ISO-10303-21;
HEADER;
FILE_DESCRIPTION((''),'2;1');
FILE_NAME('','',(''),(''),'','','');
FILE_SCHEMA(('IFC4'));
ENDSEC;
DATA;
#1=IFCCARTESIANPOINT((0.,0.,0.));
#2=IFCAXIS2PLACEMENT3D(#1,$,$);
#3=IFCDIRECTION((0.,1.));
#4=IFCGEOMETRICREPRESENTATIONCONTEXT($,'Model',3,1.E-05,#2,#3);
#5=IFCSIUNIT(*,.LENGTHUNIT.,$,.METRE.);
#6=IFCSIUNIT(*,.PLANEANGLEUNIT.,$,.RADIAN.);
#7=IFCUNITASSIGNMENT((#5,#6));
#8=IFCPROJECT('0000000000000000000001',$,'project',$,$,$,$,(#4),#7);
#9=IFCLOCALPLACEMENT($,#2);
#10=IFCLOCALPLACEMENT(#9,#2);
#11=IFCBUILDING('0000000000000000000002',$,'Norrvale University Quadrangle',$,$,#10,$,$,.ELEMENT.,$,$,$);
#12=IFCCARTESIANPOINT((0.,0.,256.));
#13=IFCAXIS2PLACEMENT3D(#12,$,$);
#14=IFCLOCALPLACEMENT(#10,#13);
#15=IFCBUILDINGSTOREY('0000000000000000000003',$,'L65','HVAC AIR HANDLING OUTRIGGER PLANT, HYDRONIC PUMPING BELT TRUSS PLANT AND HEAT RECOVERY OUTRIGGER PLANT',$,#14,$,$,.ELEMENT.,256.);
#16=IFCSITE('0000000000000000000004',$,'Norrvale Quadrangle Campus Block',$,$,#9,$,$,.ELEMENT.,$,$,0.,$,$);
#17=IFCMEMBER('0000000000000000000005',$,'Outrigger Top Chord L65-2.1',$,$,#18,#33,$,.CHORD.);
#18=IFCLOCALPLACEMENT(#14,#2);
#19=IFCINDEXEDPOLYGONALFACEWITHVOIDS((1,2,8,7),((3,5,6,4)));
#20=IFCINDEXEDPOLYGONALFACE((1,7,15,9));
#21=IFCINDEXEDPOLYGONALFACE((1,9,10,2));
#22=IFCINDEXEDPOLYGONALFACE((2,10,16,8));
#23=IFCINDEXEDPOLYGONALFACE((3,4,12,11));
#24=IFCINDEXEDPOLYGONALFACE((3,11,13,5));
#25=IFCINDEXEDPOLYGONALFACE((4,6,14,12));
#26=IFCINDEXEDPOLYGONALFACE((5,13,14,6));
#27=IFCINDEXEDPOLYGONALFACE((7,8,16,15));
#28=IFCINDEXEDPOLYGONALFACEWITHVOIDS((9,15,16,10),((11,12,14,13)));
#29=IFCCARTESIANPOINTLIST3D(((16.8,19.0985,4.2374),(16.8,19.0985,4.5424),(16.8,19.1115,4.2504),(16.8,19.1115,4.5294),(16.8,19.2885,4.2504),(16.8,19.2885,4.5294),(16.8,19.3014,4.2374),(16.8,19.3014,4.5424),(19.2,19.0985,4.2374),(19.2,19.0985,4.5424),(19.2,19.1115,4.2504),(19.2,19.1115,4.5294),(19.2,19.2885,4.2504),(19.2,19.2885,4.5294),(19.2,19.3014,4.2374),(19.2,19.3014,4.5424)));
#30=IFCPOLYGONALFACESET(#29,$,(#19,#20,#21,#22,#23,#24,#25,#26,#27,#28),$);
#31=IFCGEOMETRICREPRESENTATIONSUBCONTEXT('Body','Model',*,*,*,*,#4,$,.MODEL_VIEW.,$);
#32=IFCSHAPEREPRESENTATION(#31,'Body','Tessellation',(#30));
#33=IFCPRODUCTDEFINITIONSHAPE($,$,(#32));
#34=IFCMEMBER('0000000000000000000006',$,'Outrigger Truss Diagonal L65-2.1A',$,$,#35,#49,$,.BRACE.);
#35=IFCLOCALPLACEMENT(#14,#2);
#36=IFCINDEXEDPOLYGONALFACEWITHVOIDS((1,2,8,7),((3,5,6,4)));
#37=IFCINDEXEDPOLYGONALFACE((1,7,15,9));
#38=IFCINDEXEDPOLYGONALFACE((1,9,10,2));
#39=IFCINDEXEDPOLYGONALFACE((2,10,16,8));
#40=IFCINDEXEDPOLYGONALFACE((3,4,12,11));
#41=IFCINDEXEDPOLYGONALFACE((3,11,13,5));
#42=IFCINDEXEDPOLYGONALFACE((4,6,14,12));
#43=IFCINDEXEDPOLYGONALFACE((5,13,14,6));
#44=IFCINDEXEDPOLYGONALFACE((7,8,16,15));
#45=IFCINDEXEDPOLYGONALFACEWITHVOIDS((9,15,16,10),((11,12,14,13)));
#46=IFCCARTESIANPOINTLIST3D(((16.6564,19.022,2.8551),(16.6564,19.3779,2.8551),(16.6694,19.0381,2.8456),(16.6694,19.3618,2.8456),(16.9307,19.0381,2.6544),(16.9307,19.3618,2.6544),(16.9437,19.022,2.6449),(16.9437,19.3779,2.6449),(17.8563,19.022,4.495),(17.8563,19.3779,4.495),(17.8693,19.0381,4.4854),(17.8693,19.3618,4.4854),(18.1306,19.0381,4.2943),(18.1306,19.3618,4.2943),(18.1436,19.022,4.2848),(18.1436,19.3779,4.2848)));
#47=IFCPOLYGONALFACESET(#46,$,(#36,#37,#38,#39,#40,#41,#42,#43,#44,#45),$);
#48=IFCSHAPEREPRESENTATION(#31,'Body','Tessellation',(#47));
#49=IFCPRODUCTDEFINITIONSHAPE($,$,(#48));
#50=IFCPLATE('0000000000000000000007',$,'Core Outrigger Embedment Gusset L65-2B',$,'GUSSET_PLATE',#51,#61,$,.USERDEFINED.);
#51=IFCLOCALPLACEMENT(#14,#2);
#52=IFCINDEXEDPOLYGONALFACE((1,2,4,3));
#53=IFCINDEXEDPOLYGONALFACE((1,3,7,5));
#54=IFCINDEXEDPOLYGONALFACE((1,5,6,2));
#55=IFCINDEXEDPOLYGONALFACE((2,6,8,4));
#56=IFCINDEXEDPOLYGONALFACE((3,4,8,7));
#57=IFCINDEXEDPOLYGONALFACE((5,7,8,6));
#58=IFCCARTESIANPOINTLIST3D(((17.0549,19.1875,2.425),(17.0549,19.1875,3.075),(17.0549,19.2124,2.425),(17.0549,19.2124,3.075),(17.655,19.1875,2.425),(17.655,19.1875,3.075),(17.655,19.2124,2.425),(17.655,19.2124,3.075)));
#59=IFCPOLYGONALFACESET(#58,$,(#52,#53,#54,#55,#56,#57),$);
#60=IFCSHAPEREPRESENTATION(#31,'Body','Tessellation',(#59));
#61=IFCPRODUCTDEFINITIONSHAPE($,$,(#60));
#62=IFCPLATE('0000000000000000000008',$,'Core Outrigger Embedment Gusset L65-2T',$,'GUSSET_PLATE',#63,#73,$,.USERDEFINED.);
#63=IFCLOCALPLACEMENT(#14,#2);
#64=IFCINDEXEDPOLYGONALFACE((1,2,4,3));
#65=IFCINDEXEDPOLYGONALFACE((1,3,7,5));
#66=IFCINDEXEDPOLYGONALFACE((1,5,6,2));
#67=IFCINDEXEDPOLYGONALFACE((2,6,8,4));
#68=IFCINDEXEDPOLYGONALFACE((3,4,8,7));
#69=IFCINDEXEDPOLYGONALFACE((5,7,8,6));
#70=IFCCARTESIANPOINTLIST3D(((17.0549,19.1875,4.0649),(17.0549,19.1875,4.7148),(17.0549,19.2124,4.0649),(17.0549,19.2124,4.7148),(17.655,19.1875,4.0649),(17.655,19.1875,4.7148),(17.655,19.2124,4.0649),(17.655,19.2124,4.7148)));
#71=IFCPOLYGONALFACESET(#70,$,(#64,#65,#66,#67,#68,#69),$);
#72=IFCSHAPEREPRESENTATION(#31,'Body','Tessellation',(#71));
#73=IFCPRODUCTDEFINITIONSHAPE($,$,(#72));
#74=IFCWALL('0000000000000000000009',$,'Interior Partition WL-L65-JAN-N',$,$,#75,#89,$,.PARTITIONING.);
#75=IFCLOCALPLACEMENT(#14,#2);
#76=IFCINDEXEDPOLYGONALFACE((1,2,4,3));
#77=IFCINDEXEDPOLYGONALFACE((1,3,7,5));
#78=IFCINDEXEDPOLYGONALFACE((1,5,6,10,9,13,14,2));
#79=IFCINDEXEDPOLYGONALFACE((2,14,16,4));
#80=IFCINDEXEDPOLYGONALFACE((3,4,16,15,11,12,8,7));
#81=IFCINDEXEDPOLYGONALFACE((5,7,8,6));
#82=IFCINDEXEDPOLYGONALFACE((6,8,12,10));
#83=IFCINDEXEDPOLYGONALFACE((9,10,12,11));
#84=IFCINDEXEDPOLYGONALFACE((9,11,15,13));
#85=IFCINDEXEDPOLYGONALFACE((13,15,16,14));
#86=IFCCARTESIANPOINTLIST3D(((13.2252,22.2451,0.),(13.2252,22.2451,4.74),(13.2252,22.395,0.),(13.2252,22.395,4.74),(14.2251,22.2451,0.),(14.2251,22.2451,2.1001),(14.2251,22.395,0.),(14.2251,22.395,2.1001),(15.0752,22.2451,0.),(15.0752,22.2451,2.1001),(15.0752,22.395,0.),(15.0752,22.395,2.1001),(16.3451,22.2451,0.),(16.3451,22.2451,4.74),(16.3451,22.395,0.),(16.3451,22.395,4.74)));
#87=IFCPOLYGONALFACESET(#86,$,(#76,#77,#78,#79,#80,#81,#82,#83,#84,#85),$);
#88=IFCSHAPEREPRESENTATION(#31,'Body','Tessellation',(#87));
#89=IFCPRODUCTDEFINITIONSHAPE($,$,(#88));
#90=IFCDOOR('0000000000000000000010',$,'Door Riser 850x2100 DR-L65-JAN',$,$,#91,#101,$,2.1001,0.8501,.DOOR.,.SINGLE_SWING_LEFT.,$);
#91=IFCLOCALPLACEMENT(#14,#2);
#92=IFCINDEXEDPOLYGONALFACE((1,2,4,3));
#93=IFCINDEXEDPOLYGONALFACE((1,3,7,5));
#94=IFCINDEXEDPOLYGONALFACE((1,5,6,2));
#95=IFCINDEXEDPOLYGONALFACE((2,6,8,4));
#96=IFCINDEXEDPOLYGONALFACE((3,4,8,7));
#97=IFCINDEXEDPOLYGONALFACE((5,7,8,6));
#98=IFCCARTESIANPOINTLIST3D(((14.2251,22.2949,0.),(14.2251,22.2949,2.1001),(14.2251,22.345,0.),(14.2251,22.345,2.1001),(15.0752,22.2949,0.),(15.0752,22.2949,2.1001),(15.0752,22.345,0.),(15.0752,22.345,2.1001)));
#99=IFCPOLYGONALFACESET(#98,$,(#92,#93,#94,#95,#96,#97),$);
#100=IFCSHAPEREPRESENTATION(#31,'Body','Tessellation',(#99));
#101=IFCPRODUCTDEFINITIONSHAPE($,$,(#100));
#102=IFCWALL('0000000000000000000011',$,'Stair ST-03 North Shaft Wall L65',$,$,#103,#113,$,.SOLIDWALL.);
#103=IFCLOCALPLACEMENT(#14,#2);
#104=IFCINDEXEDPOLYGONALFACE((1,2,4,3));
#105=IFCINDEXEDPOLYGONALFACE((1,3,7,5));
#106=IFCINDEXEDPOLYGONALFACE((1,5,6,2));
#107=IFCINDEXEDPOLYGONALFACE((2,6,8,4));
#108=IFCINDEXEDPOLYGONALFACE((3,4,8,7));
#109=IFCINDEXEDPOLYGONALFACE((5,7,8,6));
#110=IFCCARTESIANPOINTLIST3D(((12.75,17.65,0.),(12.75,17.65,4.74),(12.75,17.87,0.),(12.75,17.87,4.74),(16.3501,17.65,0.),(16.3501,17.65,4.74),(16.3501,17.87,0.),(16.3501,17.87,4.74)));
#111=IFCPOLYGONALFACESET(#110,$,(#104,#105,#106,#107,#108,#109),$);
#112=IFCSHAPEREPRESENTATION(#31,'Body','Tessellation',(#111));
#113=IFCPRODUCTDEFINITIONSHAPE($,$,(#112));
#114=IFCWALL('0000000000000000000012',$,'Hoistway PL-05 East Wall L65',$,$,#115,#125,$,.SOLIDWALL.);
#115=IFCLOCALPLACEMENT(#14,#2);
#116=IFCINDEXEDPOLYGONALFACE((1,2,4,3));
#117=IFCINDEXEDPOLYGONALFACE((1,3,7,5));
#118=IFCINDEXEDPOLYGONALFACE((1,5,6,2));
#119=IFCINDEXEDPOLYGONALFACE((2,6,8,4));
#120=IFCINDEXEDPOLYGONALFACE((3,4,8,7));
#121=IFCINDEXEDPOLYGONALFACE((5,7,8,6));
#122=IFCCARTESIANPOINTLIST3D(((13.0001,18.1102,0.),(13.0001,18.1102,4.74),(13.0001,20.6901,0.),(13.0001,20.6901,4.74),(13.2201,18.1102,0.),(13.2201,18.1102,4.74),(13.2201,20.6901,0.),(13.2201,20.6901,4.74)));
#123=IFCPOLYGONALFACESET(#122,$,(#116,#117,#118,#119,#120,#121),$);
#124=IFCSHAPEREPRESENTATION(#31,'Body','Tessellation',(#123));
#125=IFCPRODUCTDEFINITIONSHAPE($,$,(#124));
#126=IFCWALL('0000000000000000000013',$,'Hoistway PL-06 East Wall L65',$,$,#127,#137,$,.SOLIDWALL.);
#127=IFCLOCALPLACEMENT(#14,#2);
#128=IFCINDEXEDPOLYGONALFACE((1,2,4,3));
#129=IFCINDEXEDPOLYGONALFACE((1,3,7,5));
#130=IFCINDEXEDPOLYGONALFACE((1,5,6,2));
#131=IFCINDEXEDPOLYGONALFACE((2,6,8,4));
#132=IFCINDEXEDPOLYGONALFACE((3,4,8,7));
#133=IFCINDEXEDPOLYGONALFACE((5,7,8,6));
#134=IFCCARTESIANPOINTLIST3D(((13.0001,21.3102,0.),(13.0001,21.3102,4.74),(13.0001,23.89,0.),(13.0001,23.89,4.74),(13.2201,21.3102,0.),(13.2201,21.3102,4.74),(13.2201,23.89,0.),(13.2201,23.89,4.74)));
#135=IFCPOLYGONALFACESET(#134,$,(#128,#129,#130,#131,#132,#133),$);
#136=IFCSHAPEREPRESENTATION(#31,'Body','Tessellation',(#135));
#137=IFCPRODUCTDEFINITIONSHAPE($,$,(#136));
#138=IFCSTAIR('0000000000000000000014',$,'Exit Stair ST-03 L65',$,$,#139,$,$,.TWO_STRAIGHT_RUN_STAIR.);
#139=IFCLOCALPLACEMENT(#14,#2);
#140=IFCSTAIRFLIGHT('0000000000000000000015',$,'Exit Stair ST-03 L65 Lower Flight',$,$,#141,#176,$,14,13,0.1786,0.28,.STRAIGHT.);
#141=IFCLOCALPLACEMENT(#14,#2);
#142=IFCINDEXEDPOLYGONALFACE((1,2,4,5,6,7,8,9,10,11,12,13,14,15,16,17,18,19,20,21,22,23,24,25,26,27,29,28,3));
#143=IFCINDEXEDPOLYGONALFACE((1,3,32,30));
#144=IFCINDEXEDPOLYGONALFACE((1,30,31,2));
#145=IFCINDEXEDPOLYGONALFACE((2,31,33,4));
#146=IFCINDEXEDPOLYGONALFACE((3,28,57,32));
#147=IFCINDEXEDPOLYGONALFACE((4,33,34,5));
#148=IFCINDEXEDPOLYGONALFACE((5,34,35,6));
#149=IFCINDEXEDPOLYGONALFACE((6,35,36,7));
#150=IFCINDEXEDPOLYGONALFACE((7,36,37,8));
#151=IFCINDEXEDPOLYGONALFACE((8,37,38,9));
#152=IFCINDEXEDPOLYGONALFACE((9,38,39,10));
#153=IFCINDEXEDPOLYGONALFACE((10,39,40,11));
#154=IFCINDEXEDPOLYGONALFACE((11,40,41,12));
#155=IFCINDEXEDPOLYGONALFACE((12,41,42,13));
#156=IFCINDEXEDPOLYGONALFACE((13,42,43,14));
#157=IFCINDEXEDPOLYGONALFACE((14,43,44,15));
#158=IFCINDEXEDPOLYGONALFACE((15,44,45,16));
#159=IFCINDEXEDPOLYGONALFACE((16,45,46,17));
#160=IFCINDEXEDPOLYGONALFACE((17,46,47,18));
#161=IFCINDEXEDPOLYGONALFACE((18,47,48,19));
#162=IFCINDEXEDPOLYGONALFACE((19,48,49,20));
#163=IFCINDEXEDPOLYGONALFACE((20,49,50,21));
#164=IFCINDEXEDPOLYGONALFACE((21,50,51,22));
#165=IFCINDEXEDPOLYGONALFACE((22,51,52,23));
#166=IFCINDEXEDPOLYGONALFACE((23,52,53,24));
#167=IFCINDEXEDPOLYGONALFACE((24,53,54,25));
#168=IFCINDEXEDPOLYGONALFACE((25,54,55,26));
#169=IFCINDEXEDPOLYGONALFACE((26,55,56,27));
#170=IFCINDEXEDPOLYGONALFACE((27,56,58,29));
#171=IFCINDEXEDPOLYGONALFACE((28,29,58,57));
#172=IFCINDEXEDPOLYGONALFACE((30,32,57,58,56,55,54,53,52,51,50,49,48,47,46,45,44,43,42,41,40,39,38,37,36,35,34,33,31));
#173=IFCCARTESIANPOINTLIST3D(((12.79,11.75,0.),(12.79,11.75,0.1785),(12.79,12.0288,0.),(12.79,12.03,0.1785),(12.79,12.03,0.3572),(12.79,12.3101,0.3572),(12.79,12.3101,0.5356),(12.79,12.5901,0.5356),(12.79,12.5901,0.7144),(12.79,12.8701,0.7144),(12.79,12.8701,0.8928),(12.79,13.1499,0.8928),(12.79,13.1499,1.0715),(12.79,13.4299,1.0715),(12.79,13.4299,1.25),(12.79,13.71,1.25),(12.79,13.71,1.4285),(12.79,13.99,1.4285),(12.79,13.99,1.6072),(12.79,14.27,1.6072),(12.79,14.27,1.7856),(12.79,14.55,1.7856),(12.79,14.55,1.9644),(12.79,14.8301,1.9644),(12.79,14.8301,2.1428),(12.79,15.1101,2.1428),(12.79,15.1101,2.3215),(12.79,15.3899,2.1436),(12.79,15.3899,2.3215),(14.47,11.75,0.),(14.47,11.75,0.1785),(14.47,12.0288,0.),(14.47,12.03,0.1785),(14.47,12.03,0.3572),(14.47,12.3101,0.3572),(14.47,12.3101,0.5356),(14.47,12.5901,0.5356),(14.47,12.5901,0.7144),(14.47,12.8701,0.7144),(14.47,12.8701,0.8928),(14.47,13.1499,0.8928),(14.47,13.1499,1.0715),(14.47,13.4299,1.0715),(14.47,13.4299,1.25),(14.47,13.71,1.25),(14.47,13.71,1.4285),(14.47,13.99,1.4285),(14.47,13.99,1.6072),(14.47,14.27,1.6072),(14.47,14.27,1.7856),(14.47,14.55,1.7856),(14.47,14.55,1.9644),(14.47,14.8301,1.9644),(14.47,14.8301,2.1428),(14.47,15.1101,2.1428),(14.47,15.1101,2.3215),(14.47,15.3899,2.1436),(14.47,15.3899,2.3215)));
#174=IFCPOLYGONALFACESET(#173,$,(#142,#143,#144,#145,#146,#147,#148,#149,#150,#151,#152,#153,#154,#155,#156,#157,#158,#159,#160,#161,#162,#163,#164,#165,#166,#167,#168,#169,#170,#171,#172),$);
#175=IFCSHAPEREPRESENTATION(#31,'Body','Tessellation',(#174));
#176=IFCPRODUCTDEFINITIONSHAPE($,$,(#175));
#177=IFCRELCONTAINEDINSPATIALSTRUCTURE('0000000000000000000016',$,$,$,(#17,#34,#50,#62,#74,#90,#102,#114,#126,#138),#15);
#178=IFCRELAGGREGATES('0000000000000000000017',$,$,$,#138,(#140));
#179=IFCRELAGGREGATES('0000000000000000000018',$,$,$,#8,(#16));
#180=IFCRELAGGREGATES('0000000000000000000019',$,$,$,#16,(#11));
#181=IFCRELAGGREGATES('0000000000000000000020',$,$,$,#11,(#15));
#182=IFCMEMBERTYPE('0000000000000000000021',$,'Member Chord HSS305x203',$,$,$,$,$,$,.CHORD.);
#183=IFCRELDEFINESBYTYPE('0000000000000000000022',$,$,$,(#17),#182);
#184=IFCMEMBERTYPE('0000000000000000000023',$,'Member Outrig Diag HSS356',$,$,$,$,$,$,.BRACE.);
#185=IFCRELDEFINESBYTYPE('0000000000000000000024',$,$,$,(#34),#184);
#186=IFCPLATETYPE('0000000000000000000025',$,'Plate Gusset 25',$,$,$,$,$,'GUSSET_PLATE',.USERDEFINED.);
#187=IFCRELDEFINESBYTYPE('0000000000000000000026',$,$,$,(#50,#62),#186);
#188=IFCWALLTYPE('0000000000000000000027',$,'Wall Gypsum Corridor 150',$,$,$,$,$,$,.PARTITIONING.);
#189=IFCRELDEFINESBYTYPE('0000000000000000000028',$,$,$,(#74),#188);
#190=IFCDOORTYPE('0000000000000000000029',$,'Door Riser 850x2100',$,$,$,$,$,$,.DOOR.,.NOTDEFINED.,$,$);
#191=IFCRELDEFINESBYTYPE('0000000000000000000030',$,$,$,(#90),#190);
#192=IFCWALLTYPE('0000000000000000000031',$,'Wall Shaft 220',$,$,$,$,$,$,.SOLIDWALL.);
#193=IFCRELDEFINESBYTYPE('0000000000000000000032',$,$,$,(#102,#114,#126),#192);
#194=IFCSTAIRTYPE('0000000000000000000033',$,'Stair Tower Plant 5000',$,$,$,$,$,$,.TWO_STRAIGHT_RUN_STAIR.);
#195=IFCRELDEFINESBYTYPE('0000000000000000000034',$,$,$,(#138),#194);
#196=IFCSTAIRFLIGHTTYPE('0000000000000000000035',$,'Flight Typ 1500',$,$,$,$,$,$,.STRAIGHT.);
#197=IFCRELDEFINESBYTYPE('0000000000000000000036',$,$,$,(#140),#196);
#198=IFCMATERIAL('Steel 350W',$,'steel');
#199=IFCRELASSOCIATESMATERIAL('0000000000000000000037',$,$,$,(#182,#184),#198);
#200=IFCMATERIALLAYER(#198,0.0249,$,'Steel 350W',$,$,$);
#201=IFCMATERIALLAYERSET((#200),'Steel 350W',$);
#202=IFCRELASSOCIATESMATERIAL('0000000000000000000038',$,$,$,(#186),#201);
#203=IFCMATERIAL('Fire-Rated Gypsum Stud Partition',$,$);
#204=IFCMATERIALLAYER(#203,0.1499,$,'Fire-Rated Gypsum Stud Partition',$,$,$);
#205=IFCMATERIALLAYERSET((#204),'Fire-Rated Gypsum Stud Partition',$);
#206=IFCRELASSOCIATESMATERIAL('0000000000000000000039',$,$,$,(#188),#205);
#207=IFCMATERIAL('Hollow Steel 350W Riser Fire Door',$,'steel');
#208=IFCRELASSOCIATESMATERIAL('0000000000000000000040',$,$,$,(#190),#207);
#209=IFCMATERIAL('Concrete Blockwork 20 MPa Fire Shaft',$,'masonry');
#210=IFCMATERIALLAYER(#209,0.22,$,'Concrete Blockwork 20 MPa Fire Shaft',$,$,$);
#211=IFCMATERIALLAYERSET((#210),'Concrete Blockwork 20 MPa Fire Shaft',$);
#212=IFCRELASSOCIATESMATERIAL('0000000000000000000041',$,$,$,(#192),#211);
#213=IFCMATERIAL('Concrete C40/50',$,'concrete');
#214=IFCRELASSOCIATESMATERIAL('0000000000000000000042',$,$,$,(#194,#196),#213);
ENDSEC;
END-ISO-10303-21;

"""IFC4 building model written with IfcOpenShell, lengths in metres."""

from ifc_helpers import new_model, si_unit, direction, frame, frame_2d, origin, origin_2d, place, context, subcontext, project, spatial, polyline, rectangle, hollow_rectangle, outline, extrude, material, layer, layer_set, material_profile, profile_set, type_object, element, fill, aggregate, save


model = new_model("IFC4")

# Units and contexts
model_context = context("Model", 3, precision=1e-05, world=origin(), true_north=direction((0.0, 1.0)))
body_context = subcontext(model_context, "Body", "Model", "MODEL_VIEW")
ifc_project = project(units=[si_unit("LENGTHUNIT", "METRE"), si_unit("PLANEANGLEUNIT", "RADIAN")], contexts=[model_context])

# Site, building, storey
site_placement = place(None, origin())
site = spatial("IfcSite", under=ifc_project, at=site_placement, Name="Norrvale Quadrangle Campus Block", CompositionType="ELEMENT", RefElevation=0.0)
building_placement = place(site_placement, origin())
building = spatial("IfcBuilding", under=site, at=building_placement, Name="Norrvale University Quadrangle", CompositionType="ELEMENT")
storey_placement = place(building_placement, frame((0.0, 0.0, 256.0)))
storey = spatial("IfcBuildingStorey", under=building, at=storey_placement, Name="L65", Description="HVAC AIR HANDLING OUTRIGGER PLANT, HYDRONIC PUMPING BELT TRUSS PLANT AND HEAT RECOVERY OUTRIGGER PLANT", CompositionType="ELEMENT", Elevation=256.0)

# Shared definitions
ifc_material_1 = material(Name="Steel 350W", Category="steel")

# Members
ifc_material_profile_1 = material_profile(ifc_material_1, hollow_rectangle(XDim=0.2029, YDim=0.3049, WallThickness=0.0129, at=origin_2d()), Name="Steel 350W")
ifc_profile_set_1 = profile_set([ifc_material_profile_1], Name="Steel 350W")
member_type_1 = type_object("IfcMemberType", Name="Member Chord HSS305x203", PredefinedType="CHORD", material=ifc_profile_set_1)
member_1_placement = place(storey_placement, frame((16.8, 19.2, 4.3899), z_axis=(1.0, 0.0, 0.0), x_axis=(0.0, 1.0, 0.0)))
element("IfcMember", 1, at=member_1_placement, inside=storey, type_object=member_type_1, Name="Outrigger Top Chord L65-2.1", PredefinedType="CHORD", context=body_context, shape_type="SweptSolid", body=[
    extrude(hollow_rectangle(XDim=0.2029, YDim=0.3049, WallThickness=0.0129, at=origin_2d()), origin(), (0.0, 0.0, 1.0), 2.3999),
])
ifc_material_profile_2 = material_profile(ifc_material_1, hollow_rectangle(XDim=0.356, YDim=0.356, WallThickness=0.0161, at=origin_2d()), Name="Steel 350W")
ifc_profile_set_2 = profile_set([ifc_material_profile_2], Name="Steel 350W")
member_type_2 = type_object("IfcMemberType", Name="Member Outrig Diag HSS356", PredefinedType="BRACE", material=ifc_profile_set_2)
member_2_placement = place(storey_placement, frame((16.8, 19.2, 2.75), z_axis=(0.59052, 0.0, 0.807023), x_axis=(0.0, 1.0, 0.0)))
element("IfcMember", 2, at=member_2_placement, inside=storey, type_object=member_type_2, Name="Outrigger Truss Diagonal L65-2.1A", PredefinedType="BRACE", context=body_context, shape_type="SweptSolid", body=[
    extrude(hollow_rectangle(XDim=0.356, YDim=0.356, WallThickness=0.0161, at=origin_2d()), origin(), (0.0, 0.0, 1.0), 2.032),
])

# Plates
ifc_layer_1 = layer(ifc_material_1, 0.0249, Name="Steel 350W")
ifc_layer_set_1 = layer_set([ifc_layer_1], Name="Steel 350W")
plate_type = type_object("IfcPlateType", Name="Plate Gusset 25", ElementType="GUSSET_PLATE", PredefinedType="USERDEFINED", material=ifc_layer_set_1)
for number, where, z_axis, x_axis, name in (
    (3, (17.355, 19.2, 2.425), (0.0, 0.0, 1.0), (1.0, 0.0, 0.0), "Core Outrigger Embedment Gusset L65-2B"),
    (4, (17.355, 19.2, 4.0649), (0.0, 0.0, 1.0), (1.0, 0.0, 0.0), "Core Outrigger Embedment Gusset L65-2T"),
):
    element("IfcPlate", number, at=place(storey_placement, frame(where, z_axis=z_axis, x_axis=x_axis)), inside=storey, type_object=plate_type, Name=name, ObjectType="GUSSET_PLATE", PredefinedType="USERDEFINED", context=body_context, shape_type="SweptSolid", body=[
        extrude(rectangle(XDim=0.6001, YDim=0.0249, at=origin_2d()), origin(), (0.0, 0.0, 1.0), 0.6499),
    ])

# Wall, opening, door
ifc_material_2 = material(Name="Fire-Rated Gypsum Stud Partition")
ifc_layer_2 = layer(ifc_material_2, 0.1499, Name="Fire-Rated Gypsum Stud Partition")
ifc_layer_set_2 = layer_set([ifc_layer_2], Name="Fire-Rated Gypsum Stud Partition")
wall_type_1 = type_object("IfcWallType", Name="Wall Gypsum Corridor 150", PredefinedType="PARTITIONING", material=ifc_layer_set_2)
wall_1_placement = place(storey_placement, frame((13.2251, 22.3201, 0.0), z_axis=(0.0, 0.0, 1.0), x_axis=(1.0, 0.0, 0.0)))
wall_1 = element("IfcWall", 5, at=wall_1_placement, inside=storey, type_object=wall_type_1, Name="Interior Partition WL-L65-JAN-N", PredefinedType="PARTITIONING", context=body_context, shape_type="SweptSolid", body=[
    extrude(rectangle(XDim=3.1199, YDim=0.1499, at=frame_2d((1.5601, 0.0))), origin(), (0.0, 0.0, 1.0), 4.74),
])
opening_placement = place(wall_1_placement, frame((1.0, 0.0, 0.0)))
opening = element("IfcOpeningElement", 6, at=opening_placement, cuts=wall_1, PredefinedType="OPENING", context=body_context, shape_type="SweptSolid", body=[
    extrude(rectangle(XDim=0.8501, YDim=2.1001, at=frame_2d((0.425, 1.05))), frame((0.0, 0.0869, 0.0), z_axis=(0.0, -1.0, 0.0), x_axis=(1.0, 0.0, 0.0)), (0.0, 0.0, 1.0), 0.1738),
])
ifc_material_3 = material(Name="Hollow Steel 350W Riser Fire Door", Category="steel")
door_type = type_object("IfcDoorType", Name="Door Riser 850x2100", OperationType="NOTDEFINED", PredefinedType="DOOR", material=ifc_material_3)
door_placement = place(opening_placement, origin())
door = element("IfcDoor", 7, at=door_placement, inside=storey, type_object=door_type, Name="Door Riser 850x2100 DR-L65-JAN", OperationType="SINGLE_SWING_LEFT", OverallHeight=2.1001, OverallWidth=0.8501, PredefinedType="DOOR", context=body_context, shape_type="SweptSolid", body=[
    extrude(rectangle(XDim=0.8501, YDim=2.1001, at=frame_2d((0.425, 1.05))), frame((0.0, 0.0249, 0.0), z_axis=(0.0, -1.0, 0.0), x_axis=(1.0, 0.0, 0.0)), (0.0, 0.0, 1.0), 0.05),
])
fill(opening, door)

# Walls
ifc_material_4 = material(Name="Concrete Blockwork 20 MPa Fire Shaft", Category="masonry")
ifc_layer_3 = layer(ifc_material_4, 0.22, Name="Concrete Blockwork 20 MPa Fire Shaft")
ifc_layer_set_3 = layer_set([ifc_layer_3], Name="Concrete Blockwork 20 MPa Fire Shaft")
wall_type_2 = type_object("IfcWallType", Name="Wall Shaft 220", PredefinedType="SOLIDWALL", material=ifc_layer_set_3)
wall_2_placement = place(storey_placement, frame((12.75, 17.76, 0.0), z_axis=(0.0, 0.0, 1.0), x_axis=(1.0, 0.0, 0.0)))
element("IfcWall", 8, at=wall_2_placement, inside=storey, type_object=wall_type_2, Name="Stair ST-03 North Shaft Wall L65", PredefinedType="SOLIDWALL", context=body_context, shape_type="SweptSolid", body=[
    extrude(rectangle(XDim=3.6001, YDim=0.22, at=frame_2d((1.8, 0.0))), origin(), (0.0, 0.0, 1.0), 4.74),
])
for number, where, z_axis, x_axis, name in (
    (9, (13.1101, 18.1101, 0.0), (0.0, 0.0, 1.0), (0.0, 1.0, 0.0), "Hoistway PL-05 East Wall L65"),
    (10, (13.1101, 21.3101, 0.0), (0.0, 0.0, 1.0), (0.0, 1.0, 0.0), "Hoistway PL-06 East Wall L65"),
):
    element("IfcWall", number, at=place(storey_placement, frame(where, z_axis=z_axis, x_axis=x_axis)), inside=storey, type_object=wall_type_2, Name=name, PredefinedType="SOLIDWALL", context=body_context, shape_type="SweptSolid", body=[
        extrude(rectangle(XDim=2.5798, YDim=0.22, at=frame_2d((1.29, 0.0))), origin(), (0.0, 0.0, 1.0), 4.74),
    ])

# Stair, stair flight
ifc_material_5 = material(Name="Concrete C40/50", Category="concrete")
stair_type = type_object("IfcStairType", Name="Stair Tower Plant 5000", PredefinedType="TWO_STRAIGHT_RUN_STAIR", material=ifc_material_5)
stair_placement = place(storey_placement, origin())
stair = element("IfcStair", 11, at=stair_placement, inside=storey, type_object=stair_type, Name="Exit Stair ST-03 L65", PredefinedType="TWO_STRAIGHT_RUN_STAIR")
stair_flight_type = type_object("IfcStairFlightType", Name="Flight Typ 1500", PredefinedType="STRAIGHT", material=ifc_material_5)
stair_flight_1_placement = place(storey_placement, frame((13.6299, 11.75, 0.0), z_axis=(0.0, 0.0, 1.0), x_axis=(0.0, 1.0, 0.0)))
stair_flight_1 = element("IfcStairFlight", 12, at=stair_flight_1_placement, type_object=stair_flight_type, Name="Exit Stair ST-03 L65 Lower Flight", NumberOfRisers=14, NumberOfTreads=13, PredefinedType="STRAIGHT", RiserHeight=0.1786, TreadLength=0.28, context=body_context, shape_type="SweptSolid", body=[
    extrude(outline(polyline([(0.0, 0.0), (0.0, 0.1785), (0.28, 0.1785), (0.28, 0.3572), (0.5601, 0.3572), (0.5601, 0.5356), (0.8401, 0.5356), (0.8401, 0.7144), (1.1201, 0.7144), (1.1201, 0.8928), (1.3999, 0.8928), (1.3999, 1.0715), (1.6799, 1.0715), (1.6799, 1.25), (1.96, 1.25), (1.96, 1.4285), (2.24, 1.4285), (2.24, 1.6072), (2.52, 1.6072), (2.52, 1.7856), (2.8, 1.7856), (2.8, 1.9644), (3.0801, 1.9644), (3.0801, 2.1428), (3.3601, 2.1428), (3.3601, 2.3215), (3.6399, 2.3215), (3.6399, 2.5), (3.6399, 2.1436), (0.2788, 0.0), (0.0, 0.0)])), frame((0.0, 0.8398, 0.0), z_axis=(0.0, -1.0, 0.0), x_axis=(1.0, 0.0, 0.0)), (0.0, 0.0, 1.0), 1.6799),
])
aggregate(stair, [stair_flight_1])

save(model, "model.ifc")
